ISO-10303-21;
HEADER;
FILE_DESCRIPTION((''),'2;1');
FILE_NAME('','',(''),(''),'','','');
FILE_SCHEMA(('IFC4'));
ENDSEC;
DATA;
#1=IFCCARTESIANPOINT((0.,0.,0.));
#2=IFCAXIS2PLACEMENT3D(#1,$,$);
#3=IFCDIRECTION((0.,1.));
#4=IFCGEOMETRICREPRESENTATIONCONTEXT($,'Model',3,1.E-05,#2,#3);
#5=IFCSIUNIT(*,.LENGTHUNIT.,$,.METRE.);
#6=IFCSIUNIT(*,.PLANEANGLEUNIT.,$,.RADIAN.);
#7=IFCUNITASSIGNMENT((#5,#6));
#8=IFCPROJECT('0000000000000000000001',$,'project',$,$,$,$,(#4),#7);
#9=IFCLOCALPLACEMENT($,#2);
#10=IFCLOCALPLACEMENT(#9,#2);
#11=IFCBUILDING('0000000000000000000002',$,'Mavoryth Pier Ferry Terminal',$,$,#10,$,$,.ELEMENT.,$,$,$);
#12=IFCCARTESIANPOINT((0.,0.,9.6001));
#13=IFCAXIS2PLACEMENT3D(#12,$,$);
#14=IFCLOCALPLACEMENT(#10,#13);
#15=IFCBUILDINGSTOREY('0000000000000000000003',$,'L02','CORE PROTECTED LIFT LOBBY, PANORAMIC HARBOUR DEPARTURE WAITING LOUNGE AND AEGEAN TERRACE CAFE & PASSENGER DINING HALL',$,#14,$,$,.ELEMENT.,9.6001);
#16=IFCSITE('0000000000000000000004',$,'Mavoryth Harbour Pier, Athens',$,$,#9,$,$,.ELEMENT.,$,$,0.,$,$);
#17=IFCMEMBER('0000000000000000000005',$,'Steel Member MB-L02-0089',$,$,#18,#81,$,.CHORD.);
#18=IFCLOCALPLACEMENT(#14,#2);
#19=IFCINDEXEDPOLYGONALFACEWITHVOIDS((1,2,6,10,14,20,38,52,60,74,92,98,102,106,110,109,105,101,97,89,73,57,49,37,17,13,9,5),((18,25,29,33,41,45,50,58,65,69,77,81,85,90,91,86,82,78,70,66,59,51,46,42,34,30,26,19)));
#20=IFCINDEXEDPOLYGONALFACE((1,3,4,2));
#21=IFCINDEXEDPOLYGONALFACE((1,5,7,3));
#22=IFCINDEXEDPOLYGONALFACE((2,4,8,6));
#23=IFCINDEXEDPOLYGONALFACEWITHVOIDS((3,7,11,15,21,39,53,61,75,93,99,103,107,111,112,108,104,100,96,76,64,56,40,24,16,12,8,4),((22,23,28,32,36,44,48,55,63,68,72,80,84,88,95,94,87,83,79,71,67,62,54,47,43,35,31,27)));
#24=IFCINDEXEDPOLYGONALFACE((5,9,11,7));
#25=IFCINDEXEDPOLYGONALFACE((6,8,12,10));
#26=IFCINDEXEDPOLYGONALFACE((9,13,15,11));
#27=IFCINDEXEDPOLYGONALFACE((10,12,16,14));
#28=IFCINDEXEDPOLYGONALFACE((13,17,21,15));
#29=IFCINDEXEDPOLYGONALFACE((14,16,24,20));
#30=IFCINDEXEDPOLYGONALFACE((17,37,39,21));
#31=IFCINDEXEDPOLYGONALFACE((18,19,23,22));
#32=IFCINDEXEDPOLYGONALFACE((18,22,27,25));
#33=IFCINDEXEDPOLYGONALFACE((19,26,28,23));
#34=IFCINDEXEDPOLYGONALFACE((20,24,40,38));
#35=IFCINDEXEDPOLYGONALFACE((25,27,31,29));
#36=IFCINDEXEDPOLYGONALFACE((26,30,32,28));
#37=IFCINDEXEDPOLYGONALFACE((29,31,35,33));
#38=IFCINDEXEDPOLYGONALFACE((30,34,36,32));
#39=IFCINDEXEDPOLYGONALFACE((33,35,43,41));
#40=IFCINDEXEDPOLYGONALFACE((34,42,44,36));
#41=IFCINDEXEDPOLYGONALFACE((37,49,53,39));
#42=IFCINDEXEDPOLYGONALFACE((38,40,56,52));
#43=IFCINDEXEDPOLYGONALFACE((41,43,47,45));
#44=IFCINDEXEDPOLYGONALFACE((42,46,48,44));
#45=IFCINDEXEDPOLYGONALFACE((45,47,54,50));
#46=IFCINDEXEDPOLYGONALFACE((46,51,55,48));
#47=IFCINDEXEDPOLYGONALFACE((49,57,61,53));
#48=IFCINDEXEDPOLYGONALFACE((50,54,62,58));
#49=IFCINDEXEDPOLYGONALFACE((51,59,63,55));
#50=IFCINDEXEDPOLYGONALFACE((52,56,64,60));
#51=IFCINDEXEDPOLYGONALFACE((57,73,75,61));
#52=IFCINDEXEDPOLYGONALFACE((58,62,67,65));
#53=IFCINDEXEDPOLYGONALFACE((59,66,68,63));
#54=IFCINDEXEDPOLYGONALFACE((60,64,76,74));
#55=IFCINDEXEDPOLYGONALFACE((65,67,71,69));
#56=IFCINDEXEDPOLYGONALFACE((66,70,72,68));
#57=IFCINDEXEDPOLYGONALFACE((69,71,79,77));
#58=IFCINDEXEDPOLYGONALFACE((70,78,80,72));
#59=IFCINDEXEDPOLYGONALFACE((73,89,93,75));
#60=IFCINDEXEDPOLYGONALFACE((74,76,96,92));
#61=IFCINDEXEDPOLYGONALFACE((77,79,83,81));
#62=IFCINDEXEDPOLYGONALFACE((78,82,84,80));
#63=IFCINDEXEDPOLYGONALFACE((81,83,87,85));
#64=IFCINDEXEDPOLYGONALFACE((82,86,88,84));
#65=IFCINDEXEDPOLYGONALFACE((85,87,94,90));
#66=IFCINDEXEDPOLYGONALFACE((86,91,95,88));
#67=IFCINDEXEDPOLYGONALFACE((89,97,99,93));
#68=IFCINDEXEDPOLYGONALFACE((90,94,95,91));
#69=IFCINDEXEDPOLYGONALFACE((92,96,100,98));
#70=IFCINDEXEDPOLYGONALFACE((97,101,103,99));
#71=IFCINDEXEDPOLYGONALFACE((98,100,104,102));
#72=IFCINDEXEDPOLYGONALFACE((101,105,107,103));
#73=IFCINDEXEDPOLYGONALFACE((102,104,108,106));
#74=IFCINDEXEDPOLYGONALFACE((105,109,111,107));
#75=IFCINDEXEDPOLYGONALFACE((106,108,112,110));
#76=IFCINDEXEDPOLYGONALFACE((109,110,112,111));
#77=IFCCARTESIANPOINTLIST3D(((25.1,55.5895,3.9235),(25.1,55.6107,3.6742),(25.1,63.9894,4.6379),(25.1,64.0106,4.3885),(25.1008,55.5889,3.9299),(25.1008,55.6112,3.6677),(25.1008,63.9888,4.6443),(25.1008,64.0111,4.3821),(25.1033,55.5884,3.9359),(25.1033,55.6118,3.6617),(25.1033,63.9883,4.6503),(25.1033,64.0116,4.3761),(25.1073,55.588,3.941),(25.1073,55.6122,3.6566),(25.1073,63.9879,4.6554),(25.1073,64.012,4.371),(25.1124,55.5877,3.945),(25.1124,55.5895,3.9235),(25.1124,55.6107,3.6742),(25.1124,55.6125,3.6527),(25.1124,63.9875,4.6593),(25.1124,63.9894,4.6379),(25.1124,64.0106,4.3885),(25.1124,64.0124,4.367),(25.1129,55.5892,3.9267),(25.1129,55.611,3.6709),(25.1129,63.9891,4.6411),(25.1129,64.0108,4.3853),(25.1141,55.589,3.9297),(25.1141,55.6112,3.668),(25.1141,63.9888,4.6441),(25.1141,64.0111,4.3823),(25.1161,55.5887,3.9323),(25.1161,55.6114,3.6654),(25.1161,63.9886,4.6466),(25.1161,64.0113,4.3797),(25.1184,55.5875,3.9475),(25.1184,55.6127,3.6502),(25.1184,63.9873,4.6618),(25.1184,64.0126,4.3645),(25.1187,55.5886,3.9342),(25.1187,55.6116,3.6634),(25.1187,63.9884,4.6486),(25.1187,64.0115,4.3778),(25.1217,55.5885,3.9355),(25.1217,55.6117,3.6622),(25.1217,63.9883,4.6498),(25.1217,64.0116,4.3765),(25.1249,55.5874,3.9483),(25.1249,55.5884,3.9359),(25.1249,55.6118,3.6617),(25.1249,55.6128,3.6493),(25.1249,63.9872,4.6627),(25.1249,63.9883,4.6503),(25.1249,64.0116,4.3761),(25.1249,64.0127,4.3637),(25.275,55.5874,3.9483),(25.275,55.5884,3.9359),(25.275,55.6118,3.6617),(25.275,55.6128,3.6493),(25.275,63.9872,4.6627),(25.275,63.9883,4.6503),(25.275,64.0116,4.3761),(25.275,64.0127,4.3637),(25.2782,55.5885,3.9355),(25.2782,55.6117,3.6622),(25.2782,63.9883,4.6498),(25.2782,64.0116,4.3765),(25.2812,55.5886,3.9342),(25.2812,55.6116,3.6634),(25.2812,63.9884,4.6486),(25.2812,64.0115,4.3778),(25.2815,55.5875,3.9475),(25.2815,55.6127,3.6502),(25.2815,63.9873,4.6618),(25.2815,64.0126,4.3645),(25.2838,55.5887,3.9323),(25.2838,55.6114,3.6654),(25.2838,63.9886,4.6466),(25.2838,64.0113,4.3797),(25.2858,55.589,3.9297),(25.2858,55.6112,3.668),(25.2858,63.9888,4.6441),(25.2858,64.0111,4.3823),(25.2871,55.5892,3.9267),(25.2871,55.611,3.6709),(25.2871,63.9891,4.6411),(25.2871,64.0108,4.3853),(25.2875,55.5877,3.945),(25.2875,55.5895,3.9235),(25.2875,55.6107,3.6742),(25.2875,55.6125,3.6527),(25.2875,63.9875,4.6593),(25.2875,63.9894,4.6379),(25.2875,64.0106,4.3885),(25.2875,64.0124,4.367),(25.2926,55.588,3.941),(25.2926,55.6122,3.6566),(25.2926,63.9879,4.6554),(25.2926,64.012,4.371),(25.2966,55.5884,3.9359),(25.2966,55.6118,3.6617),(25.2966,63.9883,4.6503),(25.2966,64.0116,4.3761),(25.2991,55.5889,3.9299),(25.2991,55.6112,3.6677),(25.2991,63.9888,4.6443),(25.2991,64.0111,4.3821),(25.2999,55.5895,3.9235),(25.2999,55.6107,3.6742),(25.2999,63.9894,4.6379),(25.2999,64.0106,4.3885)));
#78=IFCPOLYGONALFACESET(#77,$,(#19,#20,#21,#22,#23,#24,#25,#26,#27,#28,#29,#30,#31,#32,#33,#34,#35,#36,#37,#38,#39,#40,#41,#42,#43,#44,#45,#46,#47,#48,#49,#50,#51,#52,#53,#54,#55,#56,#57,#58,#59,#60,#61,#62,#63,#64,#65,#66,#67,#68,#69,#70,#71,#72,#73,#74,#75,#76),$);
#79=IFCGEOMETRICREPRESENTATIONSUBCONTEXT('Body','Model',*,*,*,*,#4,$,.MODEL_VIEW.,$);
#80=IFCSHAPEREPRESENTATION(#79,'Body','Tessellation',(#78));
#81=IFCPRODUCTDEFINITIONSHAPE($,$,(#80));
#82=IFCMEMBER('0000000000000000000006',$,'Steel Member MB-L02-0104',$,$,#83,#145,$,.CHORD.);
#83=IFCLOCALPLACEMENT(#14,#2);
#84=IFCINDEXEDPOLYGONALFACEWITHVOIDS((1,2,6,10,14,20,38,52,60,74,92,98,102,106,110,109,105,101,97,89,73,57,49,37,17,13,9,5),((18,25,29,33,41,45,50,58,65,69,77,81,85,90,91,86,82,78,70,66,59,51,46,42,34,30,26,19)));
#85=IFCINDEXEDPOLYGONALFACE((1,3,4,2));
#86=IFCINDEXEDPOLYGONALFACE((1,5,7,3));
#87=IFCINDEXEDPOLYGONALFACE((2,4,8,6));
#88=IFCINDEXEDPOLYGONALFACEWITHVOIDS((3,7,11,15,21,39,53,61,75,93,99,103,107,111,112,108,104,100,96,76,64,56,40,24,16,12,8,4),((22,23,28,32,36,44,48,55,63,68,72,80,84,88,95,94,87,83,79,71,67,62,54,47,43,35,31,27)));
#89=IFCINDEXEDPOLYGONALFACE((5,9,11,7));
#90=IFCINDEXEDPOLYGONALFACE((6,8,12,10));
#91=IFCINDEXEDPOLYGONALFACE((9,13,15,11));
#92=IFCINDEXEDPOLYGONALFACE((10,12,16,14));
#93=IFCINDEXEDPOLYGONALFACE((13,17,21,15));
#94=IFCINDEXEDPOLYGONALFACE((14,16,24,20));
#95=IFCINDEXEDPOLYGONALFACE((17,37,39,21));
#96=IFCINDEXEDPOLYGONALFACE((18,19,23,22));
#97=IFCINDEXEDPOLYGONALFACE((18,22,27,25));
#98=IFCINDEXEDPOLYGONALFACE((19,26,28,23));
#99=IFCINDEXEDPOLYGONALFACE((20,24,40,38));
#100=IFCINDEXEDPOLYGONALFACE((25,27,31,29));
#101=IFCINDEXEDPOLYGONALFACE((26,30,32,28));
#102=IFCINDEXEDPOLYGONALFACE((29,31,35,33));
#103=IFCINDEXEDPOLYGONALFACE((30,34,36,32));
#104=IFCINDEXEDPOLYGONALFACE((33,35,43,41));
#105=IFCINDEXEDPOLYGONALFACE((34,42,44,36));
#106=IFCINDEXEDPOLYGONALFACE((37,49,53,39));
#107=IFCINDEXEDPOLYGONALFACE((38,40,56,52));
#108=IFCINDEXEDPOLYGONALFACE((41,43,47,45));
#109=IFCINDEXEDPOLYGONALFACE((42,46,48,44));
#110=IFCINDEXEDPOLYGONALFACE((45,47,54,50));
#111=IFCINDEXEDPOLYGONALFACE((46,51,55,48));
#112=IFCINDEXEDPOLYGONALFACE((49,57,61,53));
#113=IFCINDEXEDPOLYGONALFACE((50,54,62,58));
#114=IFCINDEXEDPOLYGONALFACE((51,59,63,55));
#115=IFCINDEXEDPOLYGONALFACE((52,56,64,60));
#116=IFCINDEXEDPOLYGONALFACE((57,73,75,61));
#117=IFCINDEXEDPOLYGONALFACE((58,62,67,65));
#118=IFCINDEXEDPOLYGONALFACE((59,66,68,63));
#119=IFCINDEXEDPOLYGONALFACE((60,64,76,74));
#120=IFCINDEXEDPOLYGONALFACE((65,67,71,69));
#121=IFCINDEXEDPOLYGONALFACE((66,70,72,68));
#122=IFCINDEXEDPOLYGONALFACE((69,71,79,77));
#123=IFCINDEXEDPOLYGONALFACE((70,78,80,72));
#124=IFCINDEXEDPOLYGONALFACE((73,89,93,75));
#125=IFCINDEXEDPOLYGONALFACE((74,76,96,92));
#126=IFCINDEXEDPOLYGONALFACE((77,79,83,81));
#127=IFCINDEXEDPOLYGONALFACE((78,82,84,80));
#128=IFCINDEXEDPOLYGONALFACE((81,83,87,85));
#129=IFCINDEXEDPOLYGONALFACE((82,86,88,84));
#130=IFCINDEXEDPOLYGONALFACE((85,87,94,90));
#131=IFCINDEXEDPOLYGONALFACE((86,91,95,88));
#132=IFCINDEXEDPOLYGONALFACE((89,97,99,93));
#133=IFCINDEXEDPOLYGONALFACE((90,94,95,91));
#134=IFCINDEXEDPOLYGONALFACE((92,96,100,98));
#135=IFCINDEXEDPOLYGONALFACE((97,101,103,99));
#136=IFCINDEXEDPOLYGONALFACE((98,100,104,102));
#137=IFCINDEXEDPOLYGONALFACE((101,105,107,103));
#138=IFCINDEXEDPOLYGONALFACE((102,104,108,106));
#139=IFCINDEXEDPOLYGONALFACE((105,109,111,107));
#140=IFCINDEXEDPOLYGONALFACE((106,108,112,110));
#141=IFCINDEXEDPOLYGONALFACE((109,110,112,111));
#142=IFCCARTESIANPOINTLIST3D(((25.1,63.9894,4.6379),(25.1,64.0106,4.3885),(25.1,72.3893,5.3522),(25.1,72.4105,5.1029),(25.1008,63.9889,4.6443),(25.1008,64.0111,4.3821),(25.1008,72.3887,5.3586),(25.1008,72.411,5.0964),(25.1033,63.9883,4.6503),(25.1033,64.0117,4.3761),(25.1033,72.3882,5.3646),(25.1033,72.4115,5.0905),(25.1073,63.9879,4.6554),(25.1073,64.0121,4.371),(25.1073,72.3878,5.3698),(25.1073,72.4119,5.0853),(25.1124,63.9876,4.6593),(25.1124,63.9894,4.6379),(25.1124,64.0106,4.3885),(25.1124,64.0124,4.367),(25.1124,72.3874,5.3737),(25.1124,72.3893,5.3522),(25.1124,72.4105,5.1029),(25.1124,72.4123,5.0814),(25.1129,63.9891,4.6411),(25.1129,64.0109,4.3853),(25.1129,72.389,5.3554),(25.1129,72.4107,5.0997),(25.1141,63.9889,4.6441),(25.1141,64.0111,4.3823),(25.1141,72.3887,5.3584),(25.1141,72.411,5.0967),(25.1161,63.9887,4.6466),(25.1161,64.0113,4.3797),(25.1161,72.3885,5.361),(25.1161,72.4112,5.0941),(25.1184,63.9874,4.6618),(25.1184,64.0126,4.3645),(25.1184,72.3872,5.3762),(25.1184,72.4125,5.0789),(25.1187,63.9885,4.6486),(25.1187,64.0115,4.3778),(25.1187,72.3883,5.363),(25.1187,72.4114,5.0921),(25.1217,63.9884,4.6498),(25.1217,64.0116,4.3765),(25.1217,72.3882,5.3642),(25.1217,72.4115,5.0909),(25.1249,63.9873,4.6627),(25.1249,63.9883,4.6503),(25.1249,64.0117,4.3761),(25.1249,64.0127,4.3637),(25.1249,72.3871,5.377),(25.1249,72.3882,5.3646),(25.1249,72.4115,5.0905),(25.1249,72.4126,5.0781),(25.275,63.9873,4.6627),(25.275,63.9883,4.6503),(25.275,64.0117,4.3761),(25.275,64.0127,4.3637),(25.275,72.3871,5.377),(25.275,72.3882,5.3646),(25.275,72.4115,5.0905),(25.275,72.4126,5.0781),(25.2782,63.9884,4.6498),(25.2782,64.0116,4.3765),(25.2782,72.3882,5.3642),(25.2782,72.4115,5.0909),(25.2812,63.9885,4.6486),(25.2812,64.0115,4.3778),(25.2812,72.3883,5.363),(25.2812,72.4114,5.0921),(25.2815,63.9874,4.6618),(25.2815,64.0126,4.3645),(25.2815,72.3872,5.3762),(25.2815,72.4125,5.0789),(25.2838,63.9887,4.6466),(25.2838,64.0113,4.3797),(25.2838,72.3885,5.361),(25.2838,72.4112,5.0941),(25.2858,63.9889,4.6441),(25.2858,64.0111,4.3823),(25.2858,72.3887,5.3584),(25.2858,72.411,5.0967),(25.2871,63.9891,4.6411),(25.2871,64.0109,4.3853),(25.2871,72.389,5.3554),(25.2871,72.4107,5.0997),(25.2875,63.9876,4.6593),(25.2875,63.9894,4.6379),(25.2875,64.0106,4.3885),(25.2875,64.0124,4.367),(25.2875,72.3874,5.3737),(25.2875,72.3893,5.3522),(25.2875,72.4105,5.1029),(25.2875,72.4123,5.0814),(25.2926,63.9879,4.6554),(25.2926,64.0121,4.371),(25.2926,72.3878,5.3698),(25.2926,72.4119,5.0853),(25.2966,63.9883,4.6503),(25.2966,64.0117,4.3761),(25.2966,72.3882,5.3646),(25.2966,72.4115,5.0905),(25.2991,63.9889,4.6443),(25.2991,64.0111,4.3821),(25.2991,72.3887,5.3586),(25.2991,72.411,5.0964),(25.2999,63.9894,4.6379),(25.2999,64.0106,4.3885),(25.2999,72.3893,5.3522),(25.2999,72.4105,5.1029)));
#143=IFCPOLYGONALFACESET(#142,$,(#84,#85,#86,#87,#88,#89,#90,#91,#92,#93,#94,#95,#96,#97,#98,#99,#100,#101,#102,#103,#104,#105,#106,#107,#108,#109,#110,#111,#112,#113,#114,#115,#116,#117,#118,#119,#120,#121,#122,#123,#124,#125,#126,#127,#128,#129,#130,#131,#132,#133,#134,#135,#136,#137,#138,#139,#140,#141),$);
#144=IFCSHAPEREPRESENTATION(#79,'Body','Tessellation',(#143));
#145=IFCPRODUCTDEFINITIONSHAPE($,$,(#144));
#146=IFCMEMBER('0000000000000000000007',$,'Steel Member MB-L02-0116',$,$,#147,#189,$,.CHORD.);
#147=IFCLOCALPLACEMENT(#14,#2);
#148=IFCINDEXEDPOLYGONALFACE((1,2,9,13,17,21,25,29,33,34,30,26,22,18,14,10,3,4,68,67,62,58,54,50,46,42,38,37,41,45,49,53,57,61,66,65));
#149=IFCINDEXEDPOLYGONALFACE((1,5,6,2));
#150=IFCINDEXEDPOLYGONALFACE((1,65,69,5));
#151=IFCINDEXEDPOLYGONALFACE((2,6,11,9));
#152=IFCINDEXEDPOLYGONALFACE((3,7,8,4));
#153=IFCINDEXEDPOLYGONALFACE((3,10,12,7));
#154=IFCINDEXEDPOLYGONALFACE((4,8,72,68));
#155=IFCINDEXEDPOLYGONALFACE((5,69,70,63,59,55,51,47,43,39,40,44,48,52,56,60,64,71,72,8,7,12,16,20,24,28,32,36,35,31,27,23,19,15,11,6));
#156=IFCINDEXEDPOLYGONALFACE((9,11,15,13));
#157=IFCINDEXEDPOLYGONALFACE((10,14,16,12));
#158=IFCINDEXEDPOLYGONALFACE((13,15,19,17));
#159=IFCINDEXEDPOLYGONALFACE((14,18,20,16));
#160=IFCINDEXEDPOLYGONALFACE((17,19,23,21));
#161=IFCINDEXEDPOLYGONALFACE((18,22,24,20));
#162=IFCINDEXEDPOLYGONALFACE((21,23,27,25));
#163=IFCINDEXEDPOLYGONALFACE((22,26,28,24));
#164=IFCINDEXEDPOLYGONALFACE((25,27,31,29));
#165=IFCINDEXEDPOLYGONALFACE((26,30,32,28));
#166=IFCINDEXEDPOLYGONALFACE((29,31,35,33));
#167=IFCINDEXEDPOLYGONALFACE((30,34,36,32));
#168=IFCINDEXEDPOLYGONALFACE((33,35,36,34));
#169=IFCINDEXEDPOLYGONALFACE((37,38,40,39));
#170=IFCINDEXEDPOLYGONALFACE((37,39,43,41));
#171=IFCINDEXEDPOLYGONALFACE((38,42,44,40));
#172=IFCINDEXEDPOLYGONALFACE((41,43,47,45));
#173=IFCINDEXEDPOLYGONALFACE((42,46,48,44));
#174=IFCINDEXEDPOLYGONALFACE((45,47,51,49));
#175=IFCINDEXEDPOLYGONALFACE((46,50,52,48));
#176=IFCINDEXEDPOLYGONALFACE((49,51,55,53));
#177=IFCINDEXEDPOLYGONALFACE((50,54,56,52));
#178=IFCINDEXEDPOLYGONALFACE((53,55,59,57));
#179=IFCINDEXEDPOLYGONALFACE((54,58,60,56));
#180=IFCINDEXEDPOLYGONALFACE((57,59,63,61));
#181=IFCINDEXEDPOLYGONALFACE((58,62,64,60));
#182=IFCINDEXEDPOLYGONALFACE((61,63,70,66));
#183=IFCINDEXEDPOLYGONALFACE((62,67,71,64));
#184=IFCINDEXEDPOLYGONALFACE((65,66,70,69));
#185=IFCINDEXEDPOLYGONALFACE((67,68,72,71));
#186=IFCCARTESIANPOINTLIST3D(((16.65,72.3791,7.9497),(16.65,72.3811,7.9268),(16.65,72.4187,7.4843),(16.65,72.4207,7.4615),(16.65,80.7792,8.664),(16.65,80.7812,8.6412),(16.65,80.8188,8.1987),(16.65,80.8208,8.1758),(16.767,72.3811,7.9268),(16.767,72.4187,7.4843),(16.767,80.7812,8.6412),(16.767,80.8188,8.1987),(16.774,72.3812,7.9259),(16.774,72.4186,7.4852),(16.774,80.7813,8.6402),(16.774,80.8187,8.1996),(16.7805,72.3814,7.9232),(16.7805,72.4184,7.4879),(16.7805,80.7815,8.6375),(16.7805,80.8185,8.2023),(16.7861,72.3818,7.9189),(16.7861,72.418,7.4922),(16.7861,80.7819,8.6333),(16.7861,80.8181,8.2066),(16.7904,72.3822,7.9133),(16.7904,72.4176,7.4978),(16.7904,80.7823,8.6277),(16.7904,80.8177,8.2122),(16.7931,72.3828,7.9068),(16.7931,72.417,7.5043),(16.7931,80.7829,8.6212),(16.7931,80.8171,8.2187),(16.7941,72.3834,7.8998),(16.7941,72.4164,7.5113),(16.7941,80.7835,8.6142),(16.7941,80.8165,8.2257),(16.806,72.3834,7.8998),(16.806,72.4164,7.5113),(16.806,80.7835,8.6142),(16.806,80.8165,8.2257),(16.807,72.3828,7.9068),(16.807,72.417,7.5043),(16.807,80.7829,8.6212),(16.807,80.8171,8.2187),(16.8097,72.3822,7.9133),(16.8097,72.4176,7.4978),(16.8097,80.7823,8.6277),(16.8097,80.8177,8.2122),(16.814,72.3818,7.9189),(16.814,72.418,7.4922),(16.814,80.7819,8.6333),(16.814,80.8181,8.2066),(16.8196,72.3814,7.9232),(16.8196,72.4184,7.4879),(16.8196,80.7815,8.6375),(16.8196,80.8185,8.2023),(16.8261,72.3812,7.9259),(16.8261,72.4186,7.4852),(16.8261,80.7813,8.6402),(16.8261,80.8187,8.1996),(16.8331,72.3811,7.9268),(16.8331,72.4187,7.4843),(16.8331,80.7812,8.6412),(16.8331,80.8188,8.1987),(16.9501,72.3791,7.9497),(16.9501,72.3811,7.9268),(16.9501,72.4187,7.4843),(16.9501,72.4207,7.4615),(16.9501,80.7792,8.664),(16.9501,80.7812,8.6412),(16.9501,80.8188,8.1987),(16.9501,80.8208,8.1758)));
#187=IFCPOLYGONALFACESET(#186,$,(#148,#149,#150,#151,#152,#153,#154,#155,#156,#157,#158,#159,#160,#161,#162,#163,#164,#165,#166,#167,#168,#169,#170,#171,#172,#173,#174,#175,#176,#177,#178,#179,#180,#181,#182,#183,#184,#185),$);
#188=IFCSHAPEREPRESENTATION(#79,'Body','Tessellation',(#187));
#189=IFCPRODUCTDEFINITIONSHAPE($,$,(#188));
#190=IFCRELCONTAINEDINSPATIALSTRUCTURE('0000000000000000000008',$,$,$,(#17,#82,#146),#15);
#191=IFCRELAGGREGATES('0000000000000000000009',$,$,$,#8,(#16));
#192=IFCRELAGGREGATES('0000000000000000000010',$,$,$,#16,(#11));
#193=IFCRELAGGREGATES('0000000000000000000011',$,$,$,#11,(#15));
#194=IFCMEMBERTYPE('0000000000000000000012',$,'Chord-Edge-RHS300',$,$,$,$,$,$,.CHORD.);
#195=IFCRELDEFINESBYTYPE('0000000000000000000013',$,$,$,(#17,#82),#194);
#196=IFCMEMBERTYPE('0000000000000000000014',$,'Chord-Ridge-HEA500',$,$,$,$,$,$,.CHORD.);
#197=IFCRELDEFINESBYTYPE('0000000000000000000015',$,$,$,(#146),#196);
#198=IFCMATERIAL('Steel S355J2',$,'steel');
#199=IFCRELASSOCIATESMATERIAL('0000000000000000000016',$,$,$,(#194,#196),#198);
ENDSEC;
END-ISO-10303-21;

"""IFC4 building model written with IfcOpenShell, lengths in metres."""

from ifc_helpers import new_model, si_unit, direction, frame, origin, origin_2d, place, context, subcontext, project, spatial, hollow_rectangle, i_section, extrude, material, material_profile, profile_set, type_object, element, save


model = new_model("IFC4")

# Units and contexts
model_context = context("Model", 3, precision=1e-05, world=origin(), true_north=direction((0.0, 1.0)))
body_context = subcontext(model_context, "Body", "Model", "MODEL_VIEW")
ifc_project = project(units=[si_unit("LENGTHUNIT", "METRE"), si_unit("PLANEANGLEUNIT", "RADIAN")], contexts=[model_context])

# Site, building, storey
site_placement = place(None, origin())
site = spatial("IfcSite", under=ifc_project, at=site_placement, Name="Mavoryth Harbour Pier, Athens", CompositionType="ELEMENT", RefElevation=0.0)
building_placement = place(site_placement, origin())
building = spatial("IfcBuilding", under=site, at=building_placement, Name="Mavoryth Pier Ferry Terminal", CompositionType="ELEMENT")
storey_placement = place(building_placement, frame((0.0, 0.0, 9.6001)))
storey = spatial("IfcBuildingStorey", under=building, at=storey_placement, Name="L02", Description="CORE PROTECTED LIFT LOBBY, PANORAMIC HARBOUR DEPARTURE WAITING LOUNGE AND AEGEAN TERRACE CAFE & PASSENGER DINING HALL", CompositionType="ELEMENT", Elevation=9.6001)

# Members
ifc_material_1 = material(Name="Steel S355J2", Category="steel")
ifc_material_profile_1 = material_profile(ifc_material_1, hollow_rectangle(XDim=0.2, YDim=0.3, WallThickness=0.0125, InnerFilletRadius=0.0125, OuterFilletRadius=0.0249, at=origin_2d()), Name="RHS 300x200x12.5", Category="steel")
ifc_profile_set_1 = profile_set([ifc_material_profile_1], Name="Steel S355J2 - RHS 300x200x12.5")
member_type_1 = type_object("IfcMemberType", Name="Chord-Edge-RHS300", PredefinedType="CHORD", material=ifc_profile_set_1)
for number, where, z_axis, x_axis, name in (
    (1, (25.2, 55.6001, 3.7988), (0.0, 0.996403, 0.084737), (-1.0, 0.0, 0.0), "Steel Member MB-L02-0089"),
    (2, (25.2, 64.0, 4.5132), (0.0, 0.996403, 0.084737), (-1.0, 0.0, 0.0), "Steel Member MB-L02-0104"),
):
    element("IfcMember", number, at=place(storey_placement, frame(where, z_axis=z_axis, x_axis=x_axis)), inside=storey, type_object=member_type_1, Name=name, PredefinedType="CHORD", context=body_context, shape_type="SweptSolid", body=[
        extrude(hollow_rectangle(XDim=0.2, YDim=0.3, WallThickness=0.0125, InnerFilletRadius=0.0125, OuterFilletRadius=0.0249, at=origin_2d()), origin(), (0.0, 0.0, 1.0), 8.4302),
    ])
ifc_material_profile_2 = material_profile(ifc_material_1, i_section(OverallWidth=0.3, OverallDepth=0.49, WebThickness=0.012, FlangeThickness=0.0229, FilletRadius=0.0271, at=origin_2d()), Name="HEA 500", Category="steel")
ifc_profile_set_2 = profile_set([ifc_material_profile_2], Name="Steel S355J2 - HEA 500")
member_type_2 = type_object("IfcMemberType", Name="Chord-Ridge-HEA500", PredefinedType="CHORD", material=ifc_profile_set_2)
member_1_placement = place(storey_placement, frame((16.8, 72.3999, 7.7056), z_axis=(0.0, 0.996404, 0.084735), x_axis=(-1.0, 0.0, 0.0)))
element("IfcMember", 3, at=member_1_placement, inside=storey, type_object=member_type_2, Name="Steel Member MB-L02-0116", PredefinedType="CHORD", context=body_context, shape_type="SweptSolid", body=[
    extrude(i_section(OverallWidth=0.3, OverallDepth=0.49, WebThickness=0.012, FlangeThickness=0.0229, FilletRadius=0.0271, at=origin_2d()), origin(), (0.0, 0.0, 1.0), 8.4304),
])

save(model, "model.ifc")
